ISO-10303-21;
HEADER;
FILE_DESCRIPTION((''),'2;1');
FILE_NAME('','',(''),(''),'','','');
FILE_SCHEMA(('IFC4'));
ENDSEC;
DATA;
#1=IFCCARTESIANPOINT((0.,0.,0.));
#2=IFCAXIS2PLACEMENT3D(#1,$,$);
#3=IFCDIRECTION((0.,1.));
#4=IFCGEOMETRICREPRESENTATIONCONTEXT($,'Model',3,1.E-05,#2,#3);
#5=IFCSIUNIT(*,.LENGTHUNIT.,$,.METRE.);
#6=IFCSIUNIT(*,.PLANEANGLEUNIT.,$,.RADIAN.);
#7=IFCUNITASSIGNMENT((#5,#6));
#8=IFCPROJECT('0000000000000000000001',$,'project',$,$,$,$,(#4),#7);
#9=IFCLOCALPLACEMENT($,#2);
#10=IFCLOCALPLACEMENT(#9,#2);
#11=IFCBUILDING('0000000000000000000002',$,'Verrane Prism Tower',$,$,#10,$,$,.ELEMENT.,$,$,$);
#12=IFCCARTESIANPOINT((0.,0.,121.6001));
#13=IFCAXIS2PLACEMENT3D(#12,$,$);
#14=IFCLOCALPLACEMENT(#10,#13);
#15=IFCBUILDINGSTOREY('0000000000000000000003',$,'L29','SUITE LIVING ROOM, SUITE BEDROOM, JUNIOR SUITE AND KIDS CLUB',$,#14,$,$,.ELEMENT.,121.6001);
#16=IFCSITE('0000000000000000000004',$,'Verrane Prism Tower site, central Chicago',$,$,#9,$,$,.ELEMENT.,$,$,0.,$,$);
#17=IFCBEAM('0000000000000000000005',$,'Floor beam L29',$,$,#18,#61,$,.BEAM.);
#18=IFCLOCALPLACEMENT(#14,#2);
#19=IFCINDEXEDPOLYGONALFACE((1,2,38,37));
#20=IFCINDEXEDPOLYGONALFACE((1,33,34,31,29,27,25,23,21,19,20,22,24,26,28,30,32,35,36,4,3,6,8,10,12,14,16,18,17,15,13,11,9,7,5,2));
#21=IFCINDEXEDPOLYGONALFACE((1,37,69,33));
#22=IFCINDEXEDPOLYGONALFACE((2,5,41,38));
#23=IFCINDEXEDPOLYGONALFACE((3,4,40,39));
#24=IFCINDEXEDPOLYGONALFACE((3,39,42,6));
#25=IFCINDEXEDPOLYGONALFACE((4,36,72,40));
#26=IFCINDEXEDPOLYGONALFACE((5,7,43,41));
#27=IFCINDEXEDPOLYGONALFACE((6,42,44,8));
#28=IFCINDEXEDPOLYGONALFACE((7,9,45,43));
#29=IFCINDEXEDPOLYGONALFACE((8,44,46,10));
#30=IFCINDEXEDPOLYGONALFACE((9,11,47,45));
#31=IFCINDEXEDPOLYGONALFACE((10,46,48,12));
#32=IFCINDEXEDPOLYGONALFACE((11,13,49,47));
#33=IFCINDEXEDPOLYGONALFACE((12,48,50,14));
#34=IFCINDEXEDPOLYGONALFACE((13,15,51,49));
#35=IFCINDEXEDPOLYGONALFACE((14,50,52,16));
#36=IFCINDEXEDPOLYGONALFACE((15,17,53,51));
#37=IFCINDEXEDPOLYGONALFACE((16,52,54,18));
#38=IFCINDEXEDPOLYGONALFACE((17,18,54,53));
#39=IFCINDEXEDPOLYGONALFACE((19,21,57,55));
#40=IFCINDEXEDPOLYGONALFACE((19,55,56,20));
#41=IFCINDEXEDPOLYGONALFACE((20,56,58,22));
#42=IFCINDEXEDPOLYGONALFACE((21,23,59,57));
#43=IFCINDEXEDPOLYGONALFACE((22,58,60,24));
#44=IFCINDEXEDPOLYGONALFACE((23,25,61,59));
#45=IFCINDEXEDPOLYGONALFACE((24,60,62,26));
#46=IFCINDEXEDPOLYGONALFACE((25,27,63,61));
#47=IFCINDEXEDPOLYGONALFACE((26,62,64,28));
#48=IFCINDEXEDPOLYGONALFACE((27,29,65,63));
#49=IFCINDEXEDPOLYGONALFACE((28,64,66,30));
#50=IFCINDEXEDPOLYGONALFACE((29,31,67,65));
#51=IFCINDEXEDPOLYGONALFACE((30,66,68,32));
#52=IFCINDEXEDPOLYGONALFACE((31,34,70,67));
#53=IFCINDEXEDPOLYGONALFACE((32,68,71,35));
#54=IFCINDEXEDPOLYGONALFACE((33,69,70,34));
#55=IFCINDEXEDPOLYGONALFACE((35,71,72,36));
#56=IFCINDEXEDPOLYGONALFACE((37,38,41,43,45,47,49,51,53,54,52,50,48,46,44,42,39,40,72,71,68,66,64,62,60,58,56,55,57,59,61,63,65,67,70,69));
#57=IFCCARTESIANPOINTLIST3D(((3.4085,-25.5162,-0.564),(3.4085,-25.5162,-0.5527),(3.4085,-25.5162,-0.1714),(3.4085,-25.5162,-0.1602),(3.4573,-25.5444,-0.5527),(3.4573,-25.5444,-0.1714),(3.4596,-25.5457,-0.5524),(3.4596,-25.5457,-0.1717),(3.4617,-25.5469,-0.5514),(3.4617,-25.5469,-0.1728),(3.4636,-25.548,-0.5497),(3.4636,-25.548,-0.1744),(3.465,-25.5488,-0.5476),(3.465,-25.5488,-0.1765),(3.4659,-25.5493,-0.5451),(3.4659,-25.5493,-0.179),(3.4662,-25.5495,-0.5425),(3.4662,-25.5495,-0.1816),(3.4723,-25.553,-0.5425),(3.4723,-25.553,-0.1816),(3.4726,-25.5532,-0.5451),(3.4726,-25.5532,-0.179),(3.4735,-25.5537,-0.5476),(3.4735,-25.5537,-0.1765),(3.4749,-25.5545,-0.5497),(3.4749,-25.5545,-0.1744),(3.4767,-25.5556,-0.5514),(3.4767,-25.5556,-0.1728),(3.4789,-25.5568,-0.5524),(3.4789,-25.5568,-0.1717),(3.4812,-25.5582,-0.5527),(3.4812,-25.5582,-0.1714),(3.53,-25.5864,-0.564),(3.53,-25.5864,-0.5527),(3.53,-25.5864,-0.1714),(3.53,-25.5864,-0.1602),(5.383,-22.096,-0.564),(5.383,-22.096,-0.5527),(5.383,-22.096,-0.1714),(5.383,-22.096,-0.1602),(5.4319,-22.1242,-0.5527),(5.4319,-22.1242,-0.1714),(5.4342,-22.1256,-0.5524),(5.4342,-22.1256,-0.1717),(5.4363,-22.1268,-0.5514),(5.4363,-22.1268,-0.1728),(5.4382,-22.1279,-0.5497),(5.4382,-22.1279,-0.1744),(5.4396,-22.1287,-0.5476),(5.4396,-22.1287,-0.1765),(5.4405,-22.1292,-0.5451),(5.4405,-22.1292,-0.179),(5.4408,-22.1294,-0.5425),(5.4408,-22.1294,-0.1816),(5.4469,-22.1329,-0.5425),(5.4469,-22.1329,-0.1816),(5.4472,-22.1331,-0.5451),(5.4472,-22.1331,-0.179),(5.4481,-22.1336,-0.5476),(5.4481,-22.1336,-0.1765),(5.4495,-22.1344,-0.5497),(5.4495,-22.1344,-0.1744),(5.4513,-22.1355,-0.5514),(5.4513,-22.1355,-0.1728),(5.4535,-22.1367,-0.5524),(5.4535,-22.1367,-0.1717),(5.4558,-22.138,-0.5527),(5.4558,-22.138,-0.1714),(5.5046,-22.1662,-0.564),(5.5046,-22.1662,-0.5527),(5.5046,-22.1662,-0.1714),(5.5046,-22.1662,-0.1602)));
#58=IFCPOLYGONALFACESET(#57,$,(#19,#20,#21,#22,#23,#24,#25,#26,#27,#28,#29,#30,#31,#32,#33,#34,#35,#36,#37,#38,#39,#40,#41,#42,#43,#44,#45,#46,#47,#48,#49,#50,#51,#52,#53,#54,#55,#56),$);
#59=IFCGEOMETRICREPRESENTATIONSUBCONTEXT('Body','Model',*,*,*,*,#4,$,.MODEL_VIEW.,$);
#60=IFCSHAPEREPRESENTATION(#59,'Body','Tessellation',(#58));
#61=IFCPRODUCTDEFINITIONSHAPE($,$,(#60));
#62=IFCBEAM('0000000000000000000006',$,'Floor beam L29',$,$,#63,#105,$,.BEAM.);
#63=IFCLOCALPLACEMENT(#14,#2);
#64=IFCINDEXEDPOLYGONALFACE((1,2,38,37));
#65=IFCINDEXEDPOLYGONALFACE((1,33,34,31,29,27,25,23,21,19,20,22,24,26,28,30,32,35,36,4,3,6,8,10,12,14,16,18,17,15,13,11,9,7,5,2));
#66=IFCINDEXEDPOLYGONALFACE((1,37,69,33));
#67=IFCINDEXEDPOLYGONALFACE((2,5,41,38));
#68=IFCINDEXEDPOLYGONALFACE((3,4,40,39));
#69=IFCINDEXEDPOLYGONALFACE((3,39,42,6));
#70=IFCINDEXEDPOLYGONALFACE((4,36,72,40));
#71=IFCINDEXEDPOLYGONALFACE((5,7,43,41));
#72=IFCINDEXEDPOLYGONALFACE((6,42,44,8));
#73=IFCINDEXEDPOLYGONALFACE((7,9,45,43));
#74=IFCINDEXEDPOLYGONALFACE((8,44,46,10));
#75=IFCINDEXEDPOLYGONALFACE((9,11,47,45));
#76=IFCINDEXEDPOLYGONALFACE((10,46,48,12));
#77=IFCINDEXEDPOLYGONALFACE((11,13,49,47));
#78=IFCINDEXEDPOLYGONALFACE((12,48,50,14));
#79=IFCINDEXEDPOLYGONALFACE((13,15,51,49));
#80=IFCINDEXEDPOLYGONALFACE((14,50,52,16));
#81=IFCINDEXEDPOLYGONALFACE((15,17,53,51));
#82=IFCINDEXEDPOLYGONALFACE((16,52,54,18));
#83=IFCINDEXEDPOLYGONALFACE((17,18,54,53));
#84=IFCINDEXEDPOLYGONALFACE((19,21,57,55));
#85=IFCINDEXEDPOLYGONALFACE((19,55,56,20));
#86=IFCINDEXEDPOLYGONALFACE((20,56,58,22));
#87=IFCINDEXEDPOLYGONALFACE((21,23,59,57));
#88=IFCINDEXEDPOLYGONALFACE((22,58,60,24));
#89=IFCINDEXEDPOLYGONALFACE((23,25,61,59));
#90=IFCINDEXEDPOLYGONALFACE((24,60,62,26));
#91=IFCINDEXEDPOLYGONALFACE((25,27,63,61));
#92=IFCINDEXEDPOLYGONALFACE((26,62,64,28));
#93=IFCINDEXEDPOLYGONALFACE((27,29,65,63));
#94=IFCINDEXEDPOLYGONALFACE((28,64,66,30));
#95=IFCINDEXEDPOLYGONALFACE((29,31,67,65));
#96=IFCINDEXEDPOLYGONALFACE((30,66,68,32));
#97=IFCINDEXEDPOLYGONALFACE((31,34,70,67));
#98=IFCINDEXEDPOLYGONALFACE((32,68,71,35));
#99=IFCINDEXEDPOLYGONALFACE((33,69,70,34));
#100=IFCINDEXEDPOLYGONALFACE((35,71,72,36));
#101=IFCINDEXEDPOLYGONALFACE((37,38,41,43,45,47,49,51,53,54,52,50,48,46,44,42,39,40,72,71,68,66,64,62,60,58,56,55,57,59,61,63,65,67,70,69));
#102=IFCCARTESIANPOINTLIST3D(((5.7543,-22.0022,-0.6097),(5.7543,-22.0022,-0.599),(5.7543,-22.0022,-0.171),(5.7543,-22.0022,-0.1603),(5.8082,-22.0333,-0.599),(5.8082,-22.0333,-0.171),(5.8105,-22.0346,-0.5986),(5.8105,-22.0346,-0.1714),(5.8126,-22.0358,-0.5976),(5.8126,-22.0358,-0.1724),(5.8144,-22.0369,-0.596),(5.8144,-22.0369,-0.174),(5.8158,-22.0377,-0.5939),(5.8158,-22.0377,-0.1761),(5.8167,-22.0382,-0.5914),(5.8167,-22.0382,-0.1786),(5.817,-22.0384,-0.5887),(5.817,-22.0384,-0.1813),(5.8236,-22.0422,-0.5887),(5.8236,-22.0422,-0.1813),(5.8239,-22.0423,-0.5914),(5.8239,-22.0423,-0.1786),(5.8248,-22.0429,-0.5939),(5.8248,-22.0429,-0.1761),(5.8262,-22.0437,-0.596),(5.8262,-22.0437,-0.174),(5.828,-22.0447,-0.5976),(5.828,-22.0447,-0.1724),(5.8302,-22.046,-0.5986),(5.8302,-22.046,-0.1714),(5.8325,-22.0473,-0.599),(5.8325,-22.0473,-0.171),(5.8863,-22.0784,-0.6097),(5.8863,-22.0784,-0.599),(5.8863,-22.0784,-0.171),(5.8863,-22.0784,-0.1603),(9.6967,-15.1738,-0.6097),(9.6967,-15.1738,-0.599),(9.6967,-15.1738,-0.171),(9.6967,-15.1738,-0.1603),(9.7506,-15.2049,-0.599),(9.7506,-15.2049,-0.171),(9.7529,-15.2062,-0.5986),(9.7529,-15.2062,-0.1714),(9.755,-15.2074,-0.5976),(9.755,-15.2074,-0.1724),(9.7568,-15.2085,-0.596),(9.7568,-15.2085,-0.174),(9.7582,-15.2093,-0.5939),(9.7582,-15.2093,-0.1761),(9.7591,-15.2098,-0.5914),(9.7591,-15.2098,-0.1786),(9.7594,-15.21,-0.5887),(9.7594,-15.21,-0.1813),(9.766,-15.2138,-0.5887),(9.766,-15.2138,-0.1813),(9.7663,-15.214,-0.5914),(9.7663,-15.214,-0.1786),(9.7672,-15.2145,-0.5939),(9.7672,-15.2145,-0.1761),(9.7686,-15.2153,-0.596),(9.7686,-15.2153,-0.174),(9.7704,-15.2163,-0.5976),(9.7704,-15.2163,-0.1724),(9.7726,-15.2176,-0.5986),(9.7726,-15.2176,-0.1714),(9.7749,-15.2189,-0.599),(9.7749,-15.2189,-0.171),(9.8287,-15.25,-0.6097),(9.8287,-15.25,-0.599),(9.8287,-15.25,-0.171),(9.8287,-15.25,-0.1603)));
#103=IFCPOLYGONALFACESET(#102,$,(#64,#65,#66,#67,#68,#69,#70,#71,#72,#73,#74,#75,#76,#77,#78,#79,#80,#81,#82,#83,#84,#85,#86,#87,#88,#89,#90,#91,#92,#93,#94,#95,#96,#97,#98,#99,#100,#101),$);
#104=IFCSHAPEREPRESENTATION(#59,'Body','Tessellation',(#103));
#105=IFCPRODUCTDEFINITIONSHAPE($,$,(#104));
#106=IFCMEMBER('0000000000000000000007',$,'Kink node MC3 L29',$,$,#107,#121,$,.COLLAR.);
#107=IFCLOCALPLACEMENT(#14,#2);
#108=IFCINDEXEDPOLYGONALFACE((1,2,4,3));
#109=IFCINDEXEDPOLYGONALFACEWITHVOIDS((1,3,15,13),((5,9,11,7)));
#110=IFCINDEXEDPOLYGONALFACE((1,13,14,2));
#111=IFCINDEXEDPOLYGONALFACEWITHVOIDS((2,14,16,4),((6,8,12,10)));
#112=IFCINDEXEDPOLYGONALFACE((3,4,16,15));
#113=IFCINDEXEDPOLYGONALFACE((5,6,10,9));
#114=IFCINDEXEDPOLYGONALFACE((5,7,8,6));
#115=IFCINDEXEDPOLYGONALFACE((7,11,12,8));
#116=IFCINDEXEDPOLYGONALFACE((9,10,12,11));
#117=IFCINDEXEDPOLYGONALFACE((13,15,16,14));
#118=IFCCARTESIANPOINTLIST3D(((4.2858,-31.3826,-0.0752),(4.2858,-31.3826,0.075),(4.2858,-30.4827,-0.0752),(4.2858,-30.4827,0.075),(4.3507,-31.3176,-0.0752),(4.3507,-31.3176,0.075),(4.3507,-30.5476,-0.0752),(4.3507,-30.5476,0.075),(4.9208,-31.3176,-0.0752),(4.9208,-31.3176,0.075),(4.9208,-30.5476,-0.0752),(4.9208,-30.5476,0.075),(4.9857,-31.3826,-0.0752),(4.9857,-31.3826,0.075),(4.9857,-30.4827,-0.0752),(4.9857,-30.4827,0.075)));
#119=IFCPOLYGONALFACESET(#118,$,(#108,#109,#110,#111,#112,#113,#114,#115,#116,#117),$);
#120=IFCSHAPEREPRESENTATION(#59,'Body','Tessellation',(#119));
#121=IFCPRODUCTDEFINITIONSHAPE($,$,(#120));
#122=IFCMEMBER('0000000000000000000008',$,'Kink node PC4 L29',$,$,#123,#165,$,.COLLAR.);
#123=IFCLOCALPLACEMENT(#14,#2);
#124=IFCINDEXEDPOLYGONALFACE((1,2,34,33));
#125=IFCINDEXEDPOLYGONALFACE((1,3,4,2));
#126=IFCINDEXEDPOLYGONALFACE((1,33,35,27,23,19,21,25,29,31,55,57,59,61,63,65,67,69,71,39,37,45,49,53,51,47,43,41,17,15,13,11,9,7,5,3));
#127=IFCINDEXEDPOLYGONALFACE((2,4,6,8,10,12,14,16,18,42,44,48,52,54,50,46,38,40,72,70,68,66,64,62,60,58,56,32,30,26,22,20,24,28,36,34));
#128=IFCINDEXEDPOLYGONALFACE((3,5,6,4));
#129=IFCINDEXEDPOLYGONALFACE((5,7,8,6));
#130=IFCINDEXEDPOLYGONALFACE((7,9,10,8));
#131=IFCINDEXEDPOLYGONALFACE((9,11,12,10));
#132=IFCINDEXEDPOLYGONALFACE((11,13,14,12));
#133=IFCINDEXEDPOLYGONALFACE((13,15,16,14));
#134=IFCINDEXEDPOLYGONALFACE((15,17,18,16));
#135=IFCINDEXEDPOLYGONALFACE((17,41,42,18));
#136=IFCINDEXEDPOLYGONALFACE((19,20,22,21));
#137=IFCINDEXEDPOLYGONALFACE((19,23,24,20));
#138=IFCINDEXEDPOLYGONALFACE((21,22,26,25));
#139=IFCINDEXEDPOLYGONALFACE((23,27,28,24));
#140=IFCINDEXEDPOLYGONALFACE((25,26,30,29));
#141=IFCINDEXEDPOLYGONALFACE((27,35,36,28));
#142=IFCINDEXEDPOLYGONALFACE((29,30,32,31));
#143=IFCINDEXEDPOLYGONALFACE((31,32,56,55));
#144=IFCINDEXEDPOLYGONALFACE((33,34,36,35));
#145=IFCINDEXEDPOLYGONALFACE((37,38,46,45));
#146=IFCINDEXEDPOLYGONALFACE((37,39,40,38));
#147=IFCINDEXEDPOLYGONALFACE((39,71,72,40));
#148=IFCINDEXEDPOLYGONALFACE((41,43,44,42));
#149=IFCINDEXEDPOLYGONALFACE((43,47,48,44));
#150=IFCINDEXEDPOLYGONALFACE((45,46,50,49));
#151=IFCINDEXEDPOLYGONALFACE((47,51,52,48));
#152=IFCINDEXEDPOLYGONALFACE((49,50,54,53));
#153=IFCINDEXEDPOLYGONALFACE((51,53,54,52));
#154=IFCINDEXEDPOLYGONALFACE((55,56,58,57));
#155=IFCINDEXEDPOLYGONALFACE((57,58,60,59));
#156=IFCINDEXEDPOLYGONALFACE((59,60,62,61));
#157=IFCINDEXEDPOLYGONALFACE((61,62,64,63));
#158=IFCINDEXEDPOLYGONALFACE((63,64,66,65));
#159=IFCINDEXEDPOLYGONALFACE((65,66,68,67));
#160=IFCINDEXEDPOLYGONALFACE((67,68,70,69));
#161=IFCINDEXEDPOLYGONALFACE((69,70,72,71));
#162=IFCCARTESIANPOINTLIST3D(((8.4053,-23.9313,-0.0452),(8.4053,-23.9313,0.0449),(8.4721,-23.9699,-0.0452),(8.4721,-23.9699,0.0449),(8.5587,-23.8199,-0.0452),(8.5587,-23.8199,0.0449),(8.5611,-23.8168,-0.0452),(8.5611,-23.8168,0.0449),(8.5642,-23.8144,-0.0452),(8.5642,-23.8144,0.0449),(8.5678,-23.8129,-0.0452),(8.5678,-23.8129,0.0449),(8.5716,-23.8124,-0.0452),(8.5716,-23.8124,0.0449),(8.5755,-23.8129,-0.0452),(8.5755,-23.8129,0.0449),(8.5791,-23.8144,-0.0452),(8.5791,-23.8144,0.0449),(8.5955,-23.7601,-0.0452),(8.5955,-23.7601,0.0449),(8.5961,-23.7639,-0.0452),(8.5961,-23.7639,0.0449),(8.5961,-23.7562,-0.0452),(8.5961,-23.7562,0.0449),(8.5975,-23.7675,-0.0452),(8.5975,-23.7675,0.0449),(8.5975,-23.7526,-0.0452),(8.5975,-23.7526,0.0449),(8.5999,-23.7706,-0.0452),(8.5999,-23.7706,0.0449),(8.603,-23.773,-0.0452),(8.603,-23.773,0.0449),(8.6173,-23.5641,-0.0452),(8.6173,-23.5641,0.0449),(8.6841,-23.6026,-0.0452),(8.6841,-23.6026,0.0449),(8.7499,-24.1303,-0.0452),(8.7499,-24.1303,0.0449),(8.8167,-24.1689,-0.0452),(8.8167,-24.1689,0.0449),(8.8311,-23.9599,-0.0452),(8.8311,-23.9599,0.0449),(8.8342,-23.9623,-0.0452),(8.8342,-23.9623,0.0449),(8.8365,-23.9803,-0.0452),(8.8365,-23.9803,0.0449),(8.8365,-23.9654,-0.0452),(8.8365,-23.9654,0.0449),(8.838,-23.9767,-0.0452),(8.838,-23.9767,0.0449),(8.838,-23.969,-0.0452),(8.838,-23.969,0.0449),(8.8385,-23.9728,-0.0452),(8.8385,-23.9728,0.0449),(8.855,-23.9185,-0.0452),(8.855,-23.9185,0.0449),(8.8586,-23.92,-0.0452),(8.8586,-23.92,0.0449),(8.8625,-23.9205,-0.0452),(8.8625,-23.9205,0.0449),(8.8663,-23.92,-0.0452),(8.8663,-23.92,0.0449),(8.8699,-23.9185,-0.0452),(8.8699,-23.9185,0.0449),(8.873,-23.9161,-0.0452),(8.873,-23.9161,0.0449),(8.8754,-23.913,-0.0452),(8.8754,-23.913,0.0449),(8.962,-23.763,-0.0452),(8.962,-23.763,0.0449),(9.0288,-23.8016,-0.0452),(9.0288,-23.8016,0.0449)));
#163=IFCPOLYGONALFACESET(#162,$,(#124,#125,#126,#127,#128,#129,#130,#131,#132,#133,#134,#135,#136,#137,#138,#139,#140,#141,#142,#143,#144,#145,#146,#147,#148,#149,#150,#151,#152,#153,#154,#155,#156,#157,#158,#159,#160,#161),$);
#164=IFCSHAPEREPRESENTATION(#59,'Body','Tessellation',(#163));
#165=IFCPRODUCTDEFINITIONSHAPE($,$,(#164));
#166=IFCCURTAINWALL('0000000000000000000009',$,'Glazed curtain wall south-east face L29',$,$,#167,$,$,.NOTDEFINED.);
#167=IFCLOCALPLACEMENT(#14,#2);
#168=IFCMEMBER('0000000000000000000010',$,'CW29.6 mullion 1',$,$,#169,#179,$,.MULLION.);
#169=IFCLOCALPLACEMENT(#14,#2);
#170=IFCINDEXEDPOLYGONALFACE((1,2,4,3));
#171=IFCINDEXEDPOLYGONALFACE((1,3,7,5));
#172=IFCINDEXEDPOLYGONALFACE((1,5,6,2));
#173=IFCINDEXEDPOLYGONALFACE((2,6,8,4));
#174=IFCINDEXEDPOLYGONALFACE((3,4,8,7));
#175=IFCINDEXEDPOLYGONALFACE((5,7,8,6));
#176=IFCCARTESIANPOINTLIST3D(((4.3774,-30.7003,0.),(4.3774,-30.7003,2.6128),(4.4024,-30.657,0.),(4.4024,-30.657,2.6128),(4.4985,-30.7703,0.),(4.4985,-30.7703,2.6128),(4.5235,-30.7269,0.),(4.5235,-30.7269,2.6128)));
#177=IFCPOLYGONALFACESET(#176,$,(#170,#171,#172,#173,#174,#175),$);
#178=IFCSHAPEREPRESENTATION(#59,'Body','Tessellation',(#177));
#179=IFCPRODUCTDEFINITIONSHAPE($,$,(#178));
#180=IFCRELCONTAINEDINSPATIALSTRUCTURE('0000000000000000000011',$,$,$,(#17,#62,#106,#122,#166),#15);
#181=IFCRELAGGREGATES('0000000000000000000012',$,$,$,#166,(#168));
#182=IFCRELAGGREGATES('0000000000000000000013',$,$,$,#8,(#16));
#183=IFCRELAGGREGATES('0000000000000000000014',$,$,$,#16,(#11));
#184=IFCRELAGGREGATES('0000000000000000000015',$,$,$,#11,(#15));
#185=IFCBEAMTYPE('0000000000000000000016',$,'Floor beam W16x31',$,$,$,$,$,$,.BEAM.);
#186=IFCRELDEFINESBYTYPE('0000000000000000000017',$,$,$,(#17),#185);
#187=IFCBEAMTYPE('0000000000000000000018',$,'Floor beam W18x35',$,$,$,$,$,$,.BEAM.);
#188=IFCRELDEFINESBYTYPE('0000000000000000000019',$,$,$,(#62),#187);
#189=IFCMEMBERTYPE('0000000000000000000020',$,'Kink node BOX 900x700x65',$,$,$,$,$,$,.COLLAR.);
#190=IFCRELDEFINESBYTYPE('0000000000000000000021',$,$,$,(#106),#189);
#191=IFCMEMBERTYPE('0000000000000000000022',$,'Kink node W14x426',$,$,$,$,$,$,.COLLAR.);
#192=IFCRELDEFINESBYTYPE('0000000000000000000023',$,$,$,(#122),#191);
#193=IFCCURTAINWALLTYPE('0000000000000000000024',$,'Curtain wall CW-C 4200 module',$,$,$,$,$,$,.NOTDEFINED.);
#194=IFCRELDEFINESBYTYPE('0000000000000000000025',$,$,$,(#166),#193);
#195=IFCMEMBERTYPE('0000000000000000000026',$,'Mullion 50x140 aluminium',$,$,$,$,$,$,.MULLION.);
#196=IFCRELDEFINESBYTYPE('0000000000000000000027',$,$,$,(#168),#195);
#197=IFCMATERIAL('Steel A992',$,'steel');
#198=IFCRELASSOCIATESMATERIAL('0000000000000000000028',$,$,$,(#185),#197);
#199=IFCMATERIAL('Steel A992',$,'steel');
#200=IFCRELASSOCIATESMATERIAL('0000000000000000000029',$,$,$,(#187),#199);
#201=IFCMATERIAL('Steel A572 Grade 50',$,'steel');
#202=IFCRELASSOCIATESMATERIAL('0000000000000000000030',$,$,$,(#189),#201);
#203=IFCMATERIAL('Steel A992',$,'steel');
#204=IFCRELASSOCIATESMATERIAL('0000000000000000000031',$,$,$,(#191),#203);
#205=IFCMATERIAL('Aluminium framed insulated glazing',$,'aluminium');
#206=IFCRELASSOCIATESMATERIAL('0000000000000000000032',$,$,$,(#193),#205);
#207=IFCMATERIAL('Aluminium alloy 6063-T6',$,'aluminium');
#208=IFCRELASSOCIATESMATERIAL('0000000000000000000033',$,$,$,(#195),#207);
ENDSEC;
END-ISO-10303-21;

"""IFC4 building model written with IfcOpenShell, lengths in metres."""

from ifc_helpers import new_model, si_unit, direction, frame, origin, origin_2d, place, context, subcontext, project, spatial, rectangle, hollow_rectangle, i_section, extrude, material, material_profile, profile_set, type_object, element, aggregate, save


model = new_model("IFC4")

# Units and contexts
model_context = context("Model", 3, precision=1e-05, world=origin(), true_north=direction((0.0, 1.0)))
body_context = subcontext(model_context, "Body", "Model", "MODEL_VIEW")
ifc_project = project(units=[si_unit("LENGTHUNIT", "METRE"), si_unit("PLANEANGLEUNIT", "RADIAN")], contexts=[model_context])

# Site, building, storey
site_placement = place(None, origin())
site = spatial("IfcSite", under=ifc_project, at=site_placement, Name="Verrane Prism Tower site, central Chicago", CompositionType="ELEMENT", RefElevation=0.0)
building_placement = place(site_placement, origin())
building = spatial("IfcBuilding", under=site, at=building_placement, Name="Verrane Prism Tower", CompositionType="ELEMENT")
storey_placement = place(building_placement, frame((0.0, 0.0, 121.6001)))
storey = spatial("IfcBuildingStorey", under=building, at=storey_placement, Name="L29", Description="SUITE LIVING ROOM, SUITE BEDROOM, JUNIOR SUITE AND KIDS CLUB", CompositionType="ELEMENT", Elevation=121.6001)

# Beams
ifc_material_1 = material(Name="Steel A992", Category="steel")
ifc_material_profile_1 = material_profile(ifc_material_1, i_section(OverallWidth=0.1404, OverallDepth=0.4038, WebThickness=0.0071, FlangeThickness=0.0112, FilletRadius=0.0103, at=origin_2d()), Name="W16x31")
ifc_profile_set_1 = profile_set([ifc_material_profile_1], Name="Steel A992")
beam_type_1 = type_object("IfcBeamType", Name="Floor beam W16x31", PredefinedType="BEAM", material=ifc_profile_set_1)
beam_1_placement = place(storey_placement, frame((3.4692, -25.5513, -0.3621), z_axis=(0.499995, 0.866028, 0.0), x_axis=(-0.866028, 0.499995, 0.0)))
element("IfcBeam", 1, at=beam_1_placement, inside=storey, type_object=beam_type_1, Name="Floor beam L29", PredefinedType="BEAM", context=body_context, shape_type="SweptSolid", body=[
    extrude(i_section(OverallWidth=0.1404, OverallDepth=0.4038, WebThickness=0.0071, FlangeThickness=0.0112, FilletRadius=0.0103, at=origin_2d()), origin(), (0.0, 0.0, 1.0), 3.9492),
])
ifc_material_2 = material(Name="Steel A992", Category="steel")
ifc_material_profile_2 = material_profile(ifc_material_2, i_section(OverallWidth=0.1523, OverallDepth=0.4495, WebThickness=0.0076, FlangeThickness=0.0107, FilletRadius=0.0103, at=origin_2d()), Name="W18x35")
ifc_profile_set_2 = profile_set([ifc_material_profile_2], Name="Steel A992")
beam_type_2 = type_object("IfcBeamType", Name="Floor beam W18x35", PredefinedType="BEAM", material=ifc_profile_set_2)
beam_2_placement = place(storey_placement, frame((5.8203, -22.0403, -0.385), z_axis=(0.500002, 0.866024, 0.0), x_axis=(-0.866024, 0.500002, 0.0)))
element("IfcBeam", 2, at=beam_2_placement, inside=storey, type_object=beam_type_2, Name="Floor beam L29", PredefinedType="BEAM", context=body_context, shape_type="SweptSolid", body=[
    extrude(i_section(OverallWidth=0.1523, OverallDepth=0.4495, WebThickness=0.0076, FlangeThickness=0.0107, FilletRadius=0.0103, at=origin_2d()), origin(), (0.0, 0.0, 1.0), 7.8848),
])

# Members
ifc_material_3 = material(Name="Steel A572 Grade 50", Category="steel")
ifc_material_profile_3 = material_profile(ifc_material_3, hollow_rectangle(XDim=0.7, YDim=0.8999, WallThickness=0.0649, at=origin_2d()), Name="BOX 900x700x65")
ifc_profile_set_3 = profile_set([ifc_material_profile_3], Name="Steel A572 Grade 50")
member_type_1 = type_object("IfcMemberType", Name="Kink node BOX 900x700x65", PredefinedType="COLLAR", material=ifc_profile_set_3)
member_1_placement = place(storey_placement, frame((4.6357, -30.9326, -0.0752), z_axis=(0.0, 0.0, 1.0), x_axis=(-1.0, 0.0, 0.0)))
element("IfcMember", 3, at=member_1_placement, inside=storey, type_object=member_type_1, Name="Kink node MC3 L29", PredefinedType="COLLAR", context=body_context, shape_type="SweptSolid", body=[
    extrude(hollow_rectangle(XDim=0.7, YDim=0.8999, WallThickness=0.0649, at=origin_2d()), origin(), (0.0, 0.0, 1.0), 0.1501),
])
ifc_material_4 = material(Name="Steel A992", Category="steel")
ifc_material_profile_4 = material_profile(ifc_material_4, i_section(OverallWidth=0.4241, OverallDepth=0.4751, WebThickness=0.0479, FlangeThickness=0.0771, FilletRadius=0.0149, at=origin_2d()), Name="W14x426")
ifc_profile_set_4 = profile_set([ifc_material_profile_4], Name="Steel A992")
member_type_2 = type_object("IfcMemberType", Name="Kink node W14x426", PredefinedType="COLLAR", material=ifc_profile_set_4)
member_2_placement = place(storey_placement, frame((8.717, -23.8665, -0.0452), z_axis=(0.0, 0.0, 1.0), x_axis=(-0.5, -0.866025, 0.0)))
element("IfcMember", 4, at=member_2_placement, inside=storey, type_object=member_type_2, Name="Kink node PC4 L29", PredefinedType="COLLAR", context=body_context, shape_type="SweptSolid", body=[
    extrude(i_section(OverallWidth=0.4241, OverallDepth=0.4751, WebThickness=0.0479, FlangeThickness=0.0771, FilletRadius=0.0149, at=origin_2d()), origin(), (0.0, 0.0, 1.0), 0.0901),
])

# Curtain wall, member
ifc_material_5 = material(Name="Aluminium framed insulated glazing", Category="aluminium")
curtain_wall_type_1 = type_object("IfcCurtainWallType", Name="Curtain wall CW-C 4200 module", PredefinedType="NOTDEFINED", material=ifc_material_5)
curtain_wall_1_placement = place(storey_placement, origin())
curtain_wall_1 = element("IfcCurtainWall", 5, at=curtain_wall_1_placement, inside=storey, type_object=curtain_wall_type_1, Name="Glazed curtain wall south-east face L29", PredefinedType="NOTDEFINED")
ifc_material_6 = material(Name="Aluminium alloy 6063-T6", Category="aluminium")
ifc_material_profile_5 = material_profile(ifc_material_6, rectangle(XDim=0.1399, YDim=0.05, at=origin_2d()), Name="Mullion 50x140 aluminium")
ifc_profile_set_5 = profile_set([ifc_material_profile_5], Name="Aluminium alloy 6063-T6")
member_type_3 = type_object("IfcMemberType", Name="Mullion 50x140 aluminium", PredefinedType="MULLION", material=ifc_profile_set_5)
member_3_placement = place(storey_placement, frame((4.4504, -30.7136, 0.0), z_axis=(0.0, 0.0, 1.0), x_axis=(-0.866025, 0.5, 0.0)))
member_3 = element("IfcMember", 6, at=member_3_placement, type_object=member_type_3, Name="CW29.6 mullion 1", PredefinedType="MULLION", context=body_context, shape_type="SweptSolid", body=[
    extrude(rectangle(XDim=0.1399, YDim=0.05, at=origin_2d()), origin(), (0.0, 0.0, 1.0), 2.6128),
])

aggregate(curtain_wall_1, [member_3])

save(model, "model.ifc")
